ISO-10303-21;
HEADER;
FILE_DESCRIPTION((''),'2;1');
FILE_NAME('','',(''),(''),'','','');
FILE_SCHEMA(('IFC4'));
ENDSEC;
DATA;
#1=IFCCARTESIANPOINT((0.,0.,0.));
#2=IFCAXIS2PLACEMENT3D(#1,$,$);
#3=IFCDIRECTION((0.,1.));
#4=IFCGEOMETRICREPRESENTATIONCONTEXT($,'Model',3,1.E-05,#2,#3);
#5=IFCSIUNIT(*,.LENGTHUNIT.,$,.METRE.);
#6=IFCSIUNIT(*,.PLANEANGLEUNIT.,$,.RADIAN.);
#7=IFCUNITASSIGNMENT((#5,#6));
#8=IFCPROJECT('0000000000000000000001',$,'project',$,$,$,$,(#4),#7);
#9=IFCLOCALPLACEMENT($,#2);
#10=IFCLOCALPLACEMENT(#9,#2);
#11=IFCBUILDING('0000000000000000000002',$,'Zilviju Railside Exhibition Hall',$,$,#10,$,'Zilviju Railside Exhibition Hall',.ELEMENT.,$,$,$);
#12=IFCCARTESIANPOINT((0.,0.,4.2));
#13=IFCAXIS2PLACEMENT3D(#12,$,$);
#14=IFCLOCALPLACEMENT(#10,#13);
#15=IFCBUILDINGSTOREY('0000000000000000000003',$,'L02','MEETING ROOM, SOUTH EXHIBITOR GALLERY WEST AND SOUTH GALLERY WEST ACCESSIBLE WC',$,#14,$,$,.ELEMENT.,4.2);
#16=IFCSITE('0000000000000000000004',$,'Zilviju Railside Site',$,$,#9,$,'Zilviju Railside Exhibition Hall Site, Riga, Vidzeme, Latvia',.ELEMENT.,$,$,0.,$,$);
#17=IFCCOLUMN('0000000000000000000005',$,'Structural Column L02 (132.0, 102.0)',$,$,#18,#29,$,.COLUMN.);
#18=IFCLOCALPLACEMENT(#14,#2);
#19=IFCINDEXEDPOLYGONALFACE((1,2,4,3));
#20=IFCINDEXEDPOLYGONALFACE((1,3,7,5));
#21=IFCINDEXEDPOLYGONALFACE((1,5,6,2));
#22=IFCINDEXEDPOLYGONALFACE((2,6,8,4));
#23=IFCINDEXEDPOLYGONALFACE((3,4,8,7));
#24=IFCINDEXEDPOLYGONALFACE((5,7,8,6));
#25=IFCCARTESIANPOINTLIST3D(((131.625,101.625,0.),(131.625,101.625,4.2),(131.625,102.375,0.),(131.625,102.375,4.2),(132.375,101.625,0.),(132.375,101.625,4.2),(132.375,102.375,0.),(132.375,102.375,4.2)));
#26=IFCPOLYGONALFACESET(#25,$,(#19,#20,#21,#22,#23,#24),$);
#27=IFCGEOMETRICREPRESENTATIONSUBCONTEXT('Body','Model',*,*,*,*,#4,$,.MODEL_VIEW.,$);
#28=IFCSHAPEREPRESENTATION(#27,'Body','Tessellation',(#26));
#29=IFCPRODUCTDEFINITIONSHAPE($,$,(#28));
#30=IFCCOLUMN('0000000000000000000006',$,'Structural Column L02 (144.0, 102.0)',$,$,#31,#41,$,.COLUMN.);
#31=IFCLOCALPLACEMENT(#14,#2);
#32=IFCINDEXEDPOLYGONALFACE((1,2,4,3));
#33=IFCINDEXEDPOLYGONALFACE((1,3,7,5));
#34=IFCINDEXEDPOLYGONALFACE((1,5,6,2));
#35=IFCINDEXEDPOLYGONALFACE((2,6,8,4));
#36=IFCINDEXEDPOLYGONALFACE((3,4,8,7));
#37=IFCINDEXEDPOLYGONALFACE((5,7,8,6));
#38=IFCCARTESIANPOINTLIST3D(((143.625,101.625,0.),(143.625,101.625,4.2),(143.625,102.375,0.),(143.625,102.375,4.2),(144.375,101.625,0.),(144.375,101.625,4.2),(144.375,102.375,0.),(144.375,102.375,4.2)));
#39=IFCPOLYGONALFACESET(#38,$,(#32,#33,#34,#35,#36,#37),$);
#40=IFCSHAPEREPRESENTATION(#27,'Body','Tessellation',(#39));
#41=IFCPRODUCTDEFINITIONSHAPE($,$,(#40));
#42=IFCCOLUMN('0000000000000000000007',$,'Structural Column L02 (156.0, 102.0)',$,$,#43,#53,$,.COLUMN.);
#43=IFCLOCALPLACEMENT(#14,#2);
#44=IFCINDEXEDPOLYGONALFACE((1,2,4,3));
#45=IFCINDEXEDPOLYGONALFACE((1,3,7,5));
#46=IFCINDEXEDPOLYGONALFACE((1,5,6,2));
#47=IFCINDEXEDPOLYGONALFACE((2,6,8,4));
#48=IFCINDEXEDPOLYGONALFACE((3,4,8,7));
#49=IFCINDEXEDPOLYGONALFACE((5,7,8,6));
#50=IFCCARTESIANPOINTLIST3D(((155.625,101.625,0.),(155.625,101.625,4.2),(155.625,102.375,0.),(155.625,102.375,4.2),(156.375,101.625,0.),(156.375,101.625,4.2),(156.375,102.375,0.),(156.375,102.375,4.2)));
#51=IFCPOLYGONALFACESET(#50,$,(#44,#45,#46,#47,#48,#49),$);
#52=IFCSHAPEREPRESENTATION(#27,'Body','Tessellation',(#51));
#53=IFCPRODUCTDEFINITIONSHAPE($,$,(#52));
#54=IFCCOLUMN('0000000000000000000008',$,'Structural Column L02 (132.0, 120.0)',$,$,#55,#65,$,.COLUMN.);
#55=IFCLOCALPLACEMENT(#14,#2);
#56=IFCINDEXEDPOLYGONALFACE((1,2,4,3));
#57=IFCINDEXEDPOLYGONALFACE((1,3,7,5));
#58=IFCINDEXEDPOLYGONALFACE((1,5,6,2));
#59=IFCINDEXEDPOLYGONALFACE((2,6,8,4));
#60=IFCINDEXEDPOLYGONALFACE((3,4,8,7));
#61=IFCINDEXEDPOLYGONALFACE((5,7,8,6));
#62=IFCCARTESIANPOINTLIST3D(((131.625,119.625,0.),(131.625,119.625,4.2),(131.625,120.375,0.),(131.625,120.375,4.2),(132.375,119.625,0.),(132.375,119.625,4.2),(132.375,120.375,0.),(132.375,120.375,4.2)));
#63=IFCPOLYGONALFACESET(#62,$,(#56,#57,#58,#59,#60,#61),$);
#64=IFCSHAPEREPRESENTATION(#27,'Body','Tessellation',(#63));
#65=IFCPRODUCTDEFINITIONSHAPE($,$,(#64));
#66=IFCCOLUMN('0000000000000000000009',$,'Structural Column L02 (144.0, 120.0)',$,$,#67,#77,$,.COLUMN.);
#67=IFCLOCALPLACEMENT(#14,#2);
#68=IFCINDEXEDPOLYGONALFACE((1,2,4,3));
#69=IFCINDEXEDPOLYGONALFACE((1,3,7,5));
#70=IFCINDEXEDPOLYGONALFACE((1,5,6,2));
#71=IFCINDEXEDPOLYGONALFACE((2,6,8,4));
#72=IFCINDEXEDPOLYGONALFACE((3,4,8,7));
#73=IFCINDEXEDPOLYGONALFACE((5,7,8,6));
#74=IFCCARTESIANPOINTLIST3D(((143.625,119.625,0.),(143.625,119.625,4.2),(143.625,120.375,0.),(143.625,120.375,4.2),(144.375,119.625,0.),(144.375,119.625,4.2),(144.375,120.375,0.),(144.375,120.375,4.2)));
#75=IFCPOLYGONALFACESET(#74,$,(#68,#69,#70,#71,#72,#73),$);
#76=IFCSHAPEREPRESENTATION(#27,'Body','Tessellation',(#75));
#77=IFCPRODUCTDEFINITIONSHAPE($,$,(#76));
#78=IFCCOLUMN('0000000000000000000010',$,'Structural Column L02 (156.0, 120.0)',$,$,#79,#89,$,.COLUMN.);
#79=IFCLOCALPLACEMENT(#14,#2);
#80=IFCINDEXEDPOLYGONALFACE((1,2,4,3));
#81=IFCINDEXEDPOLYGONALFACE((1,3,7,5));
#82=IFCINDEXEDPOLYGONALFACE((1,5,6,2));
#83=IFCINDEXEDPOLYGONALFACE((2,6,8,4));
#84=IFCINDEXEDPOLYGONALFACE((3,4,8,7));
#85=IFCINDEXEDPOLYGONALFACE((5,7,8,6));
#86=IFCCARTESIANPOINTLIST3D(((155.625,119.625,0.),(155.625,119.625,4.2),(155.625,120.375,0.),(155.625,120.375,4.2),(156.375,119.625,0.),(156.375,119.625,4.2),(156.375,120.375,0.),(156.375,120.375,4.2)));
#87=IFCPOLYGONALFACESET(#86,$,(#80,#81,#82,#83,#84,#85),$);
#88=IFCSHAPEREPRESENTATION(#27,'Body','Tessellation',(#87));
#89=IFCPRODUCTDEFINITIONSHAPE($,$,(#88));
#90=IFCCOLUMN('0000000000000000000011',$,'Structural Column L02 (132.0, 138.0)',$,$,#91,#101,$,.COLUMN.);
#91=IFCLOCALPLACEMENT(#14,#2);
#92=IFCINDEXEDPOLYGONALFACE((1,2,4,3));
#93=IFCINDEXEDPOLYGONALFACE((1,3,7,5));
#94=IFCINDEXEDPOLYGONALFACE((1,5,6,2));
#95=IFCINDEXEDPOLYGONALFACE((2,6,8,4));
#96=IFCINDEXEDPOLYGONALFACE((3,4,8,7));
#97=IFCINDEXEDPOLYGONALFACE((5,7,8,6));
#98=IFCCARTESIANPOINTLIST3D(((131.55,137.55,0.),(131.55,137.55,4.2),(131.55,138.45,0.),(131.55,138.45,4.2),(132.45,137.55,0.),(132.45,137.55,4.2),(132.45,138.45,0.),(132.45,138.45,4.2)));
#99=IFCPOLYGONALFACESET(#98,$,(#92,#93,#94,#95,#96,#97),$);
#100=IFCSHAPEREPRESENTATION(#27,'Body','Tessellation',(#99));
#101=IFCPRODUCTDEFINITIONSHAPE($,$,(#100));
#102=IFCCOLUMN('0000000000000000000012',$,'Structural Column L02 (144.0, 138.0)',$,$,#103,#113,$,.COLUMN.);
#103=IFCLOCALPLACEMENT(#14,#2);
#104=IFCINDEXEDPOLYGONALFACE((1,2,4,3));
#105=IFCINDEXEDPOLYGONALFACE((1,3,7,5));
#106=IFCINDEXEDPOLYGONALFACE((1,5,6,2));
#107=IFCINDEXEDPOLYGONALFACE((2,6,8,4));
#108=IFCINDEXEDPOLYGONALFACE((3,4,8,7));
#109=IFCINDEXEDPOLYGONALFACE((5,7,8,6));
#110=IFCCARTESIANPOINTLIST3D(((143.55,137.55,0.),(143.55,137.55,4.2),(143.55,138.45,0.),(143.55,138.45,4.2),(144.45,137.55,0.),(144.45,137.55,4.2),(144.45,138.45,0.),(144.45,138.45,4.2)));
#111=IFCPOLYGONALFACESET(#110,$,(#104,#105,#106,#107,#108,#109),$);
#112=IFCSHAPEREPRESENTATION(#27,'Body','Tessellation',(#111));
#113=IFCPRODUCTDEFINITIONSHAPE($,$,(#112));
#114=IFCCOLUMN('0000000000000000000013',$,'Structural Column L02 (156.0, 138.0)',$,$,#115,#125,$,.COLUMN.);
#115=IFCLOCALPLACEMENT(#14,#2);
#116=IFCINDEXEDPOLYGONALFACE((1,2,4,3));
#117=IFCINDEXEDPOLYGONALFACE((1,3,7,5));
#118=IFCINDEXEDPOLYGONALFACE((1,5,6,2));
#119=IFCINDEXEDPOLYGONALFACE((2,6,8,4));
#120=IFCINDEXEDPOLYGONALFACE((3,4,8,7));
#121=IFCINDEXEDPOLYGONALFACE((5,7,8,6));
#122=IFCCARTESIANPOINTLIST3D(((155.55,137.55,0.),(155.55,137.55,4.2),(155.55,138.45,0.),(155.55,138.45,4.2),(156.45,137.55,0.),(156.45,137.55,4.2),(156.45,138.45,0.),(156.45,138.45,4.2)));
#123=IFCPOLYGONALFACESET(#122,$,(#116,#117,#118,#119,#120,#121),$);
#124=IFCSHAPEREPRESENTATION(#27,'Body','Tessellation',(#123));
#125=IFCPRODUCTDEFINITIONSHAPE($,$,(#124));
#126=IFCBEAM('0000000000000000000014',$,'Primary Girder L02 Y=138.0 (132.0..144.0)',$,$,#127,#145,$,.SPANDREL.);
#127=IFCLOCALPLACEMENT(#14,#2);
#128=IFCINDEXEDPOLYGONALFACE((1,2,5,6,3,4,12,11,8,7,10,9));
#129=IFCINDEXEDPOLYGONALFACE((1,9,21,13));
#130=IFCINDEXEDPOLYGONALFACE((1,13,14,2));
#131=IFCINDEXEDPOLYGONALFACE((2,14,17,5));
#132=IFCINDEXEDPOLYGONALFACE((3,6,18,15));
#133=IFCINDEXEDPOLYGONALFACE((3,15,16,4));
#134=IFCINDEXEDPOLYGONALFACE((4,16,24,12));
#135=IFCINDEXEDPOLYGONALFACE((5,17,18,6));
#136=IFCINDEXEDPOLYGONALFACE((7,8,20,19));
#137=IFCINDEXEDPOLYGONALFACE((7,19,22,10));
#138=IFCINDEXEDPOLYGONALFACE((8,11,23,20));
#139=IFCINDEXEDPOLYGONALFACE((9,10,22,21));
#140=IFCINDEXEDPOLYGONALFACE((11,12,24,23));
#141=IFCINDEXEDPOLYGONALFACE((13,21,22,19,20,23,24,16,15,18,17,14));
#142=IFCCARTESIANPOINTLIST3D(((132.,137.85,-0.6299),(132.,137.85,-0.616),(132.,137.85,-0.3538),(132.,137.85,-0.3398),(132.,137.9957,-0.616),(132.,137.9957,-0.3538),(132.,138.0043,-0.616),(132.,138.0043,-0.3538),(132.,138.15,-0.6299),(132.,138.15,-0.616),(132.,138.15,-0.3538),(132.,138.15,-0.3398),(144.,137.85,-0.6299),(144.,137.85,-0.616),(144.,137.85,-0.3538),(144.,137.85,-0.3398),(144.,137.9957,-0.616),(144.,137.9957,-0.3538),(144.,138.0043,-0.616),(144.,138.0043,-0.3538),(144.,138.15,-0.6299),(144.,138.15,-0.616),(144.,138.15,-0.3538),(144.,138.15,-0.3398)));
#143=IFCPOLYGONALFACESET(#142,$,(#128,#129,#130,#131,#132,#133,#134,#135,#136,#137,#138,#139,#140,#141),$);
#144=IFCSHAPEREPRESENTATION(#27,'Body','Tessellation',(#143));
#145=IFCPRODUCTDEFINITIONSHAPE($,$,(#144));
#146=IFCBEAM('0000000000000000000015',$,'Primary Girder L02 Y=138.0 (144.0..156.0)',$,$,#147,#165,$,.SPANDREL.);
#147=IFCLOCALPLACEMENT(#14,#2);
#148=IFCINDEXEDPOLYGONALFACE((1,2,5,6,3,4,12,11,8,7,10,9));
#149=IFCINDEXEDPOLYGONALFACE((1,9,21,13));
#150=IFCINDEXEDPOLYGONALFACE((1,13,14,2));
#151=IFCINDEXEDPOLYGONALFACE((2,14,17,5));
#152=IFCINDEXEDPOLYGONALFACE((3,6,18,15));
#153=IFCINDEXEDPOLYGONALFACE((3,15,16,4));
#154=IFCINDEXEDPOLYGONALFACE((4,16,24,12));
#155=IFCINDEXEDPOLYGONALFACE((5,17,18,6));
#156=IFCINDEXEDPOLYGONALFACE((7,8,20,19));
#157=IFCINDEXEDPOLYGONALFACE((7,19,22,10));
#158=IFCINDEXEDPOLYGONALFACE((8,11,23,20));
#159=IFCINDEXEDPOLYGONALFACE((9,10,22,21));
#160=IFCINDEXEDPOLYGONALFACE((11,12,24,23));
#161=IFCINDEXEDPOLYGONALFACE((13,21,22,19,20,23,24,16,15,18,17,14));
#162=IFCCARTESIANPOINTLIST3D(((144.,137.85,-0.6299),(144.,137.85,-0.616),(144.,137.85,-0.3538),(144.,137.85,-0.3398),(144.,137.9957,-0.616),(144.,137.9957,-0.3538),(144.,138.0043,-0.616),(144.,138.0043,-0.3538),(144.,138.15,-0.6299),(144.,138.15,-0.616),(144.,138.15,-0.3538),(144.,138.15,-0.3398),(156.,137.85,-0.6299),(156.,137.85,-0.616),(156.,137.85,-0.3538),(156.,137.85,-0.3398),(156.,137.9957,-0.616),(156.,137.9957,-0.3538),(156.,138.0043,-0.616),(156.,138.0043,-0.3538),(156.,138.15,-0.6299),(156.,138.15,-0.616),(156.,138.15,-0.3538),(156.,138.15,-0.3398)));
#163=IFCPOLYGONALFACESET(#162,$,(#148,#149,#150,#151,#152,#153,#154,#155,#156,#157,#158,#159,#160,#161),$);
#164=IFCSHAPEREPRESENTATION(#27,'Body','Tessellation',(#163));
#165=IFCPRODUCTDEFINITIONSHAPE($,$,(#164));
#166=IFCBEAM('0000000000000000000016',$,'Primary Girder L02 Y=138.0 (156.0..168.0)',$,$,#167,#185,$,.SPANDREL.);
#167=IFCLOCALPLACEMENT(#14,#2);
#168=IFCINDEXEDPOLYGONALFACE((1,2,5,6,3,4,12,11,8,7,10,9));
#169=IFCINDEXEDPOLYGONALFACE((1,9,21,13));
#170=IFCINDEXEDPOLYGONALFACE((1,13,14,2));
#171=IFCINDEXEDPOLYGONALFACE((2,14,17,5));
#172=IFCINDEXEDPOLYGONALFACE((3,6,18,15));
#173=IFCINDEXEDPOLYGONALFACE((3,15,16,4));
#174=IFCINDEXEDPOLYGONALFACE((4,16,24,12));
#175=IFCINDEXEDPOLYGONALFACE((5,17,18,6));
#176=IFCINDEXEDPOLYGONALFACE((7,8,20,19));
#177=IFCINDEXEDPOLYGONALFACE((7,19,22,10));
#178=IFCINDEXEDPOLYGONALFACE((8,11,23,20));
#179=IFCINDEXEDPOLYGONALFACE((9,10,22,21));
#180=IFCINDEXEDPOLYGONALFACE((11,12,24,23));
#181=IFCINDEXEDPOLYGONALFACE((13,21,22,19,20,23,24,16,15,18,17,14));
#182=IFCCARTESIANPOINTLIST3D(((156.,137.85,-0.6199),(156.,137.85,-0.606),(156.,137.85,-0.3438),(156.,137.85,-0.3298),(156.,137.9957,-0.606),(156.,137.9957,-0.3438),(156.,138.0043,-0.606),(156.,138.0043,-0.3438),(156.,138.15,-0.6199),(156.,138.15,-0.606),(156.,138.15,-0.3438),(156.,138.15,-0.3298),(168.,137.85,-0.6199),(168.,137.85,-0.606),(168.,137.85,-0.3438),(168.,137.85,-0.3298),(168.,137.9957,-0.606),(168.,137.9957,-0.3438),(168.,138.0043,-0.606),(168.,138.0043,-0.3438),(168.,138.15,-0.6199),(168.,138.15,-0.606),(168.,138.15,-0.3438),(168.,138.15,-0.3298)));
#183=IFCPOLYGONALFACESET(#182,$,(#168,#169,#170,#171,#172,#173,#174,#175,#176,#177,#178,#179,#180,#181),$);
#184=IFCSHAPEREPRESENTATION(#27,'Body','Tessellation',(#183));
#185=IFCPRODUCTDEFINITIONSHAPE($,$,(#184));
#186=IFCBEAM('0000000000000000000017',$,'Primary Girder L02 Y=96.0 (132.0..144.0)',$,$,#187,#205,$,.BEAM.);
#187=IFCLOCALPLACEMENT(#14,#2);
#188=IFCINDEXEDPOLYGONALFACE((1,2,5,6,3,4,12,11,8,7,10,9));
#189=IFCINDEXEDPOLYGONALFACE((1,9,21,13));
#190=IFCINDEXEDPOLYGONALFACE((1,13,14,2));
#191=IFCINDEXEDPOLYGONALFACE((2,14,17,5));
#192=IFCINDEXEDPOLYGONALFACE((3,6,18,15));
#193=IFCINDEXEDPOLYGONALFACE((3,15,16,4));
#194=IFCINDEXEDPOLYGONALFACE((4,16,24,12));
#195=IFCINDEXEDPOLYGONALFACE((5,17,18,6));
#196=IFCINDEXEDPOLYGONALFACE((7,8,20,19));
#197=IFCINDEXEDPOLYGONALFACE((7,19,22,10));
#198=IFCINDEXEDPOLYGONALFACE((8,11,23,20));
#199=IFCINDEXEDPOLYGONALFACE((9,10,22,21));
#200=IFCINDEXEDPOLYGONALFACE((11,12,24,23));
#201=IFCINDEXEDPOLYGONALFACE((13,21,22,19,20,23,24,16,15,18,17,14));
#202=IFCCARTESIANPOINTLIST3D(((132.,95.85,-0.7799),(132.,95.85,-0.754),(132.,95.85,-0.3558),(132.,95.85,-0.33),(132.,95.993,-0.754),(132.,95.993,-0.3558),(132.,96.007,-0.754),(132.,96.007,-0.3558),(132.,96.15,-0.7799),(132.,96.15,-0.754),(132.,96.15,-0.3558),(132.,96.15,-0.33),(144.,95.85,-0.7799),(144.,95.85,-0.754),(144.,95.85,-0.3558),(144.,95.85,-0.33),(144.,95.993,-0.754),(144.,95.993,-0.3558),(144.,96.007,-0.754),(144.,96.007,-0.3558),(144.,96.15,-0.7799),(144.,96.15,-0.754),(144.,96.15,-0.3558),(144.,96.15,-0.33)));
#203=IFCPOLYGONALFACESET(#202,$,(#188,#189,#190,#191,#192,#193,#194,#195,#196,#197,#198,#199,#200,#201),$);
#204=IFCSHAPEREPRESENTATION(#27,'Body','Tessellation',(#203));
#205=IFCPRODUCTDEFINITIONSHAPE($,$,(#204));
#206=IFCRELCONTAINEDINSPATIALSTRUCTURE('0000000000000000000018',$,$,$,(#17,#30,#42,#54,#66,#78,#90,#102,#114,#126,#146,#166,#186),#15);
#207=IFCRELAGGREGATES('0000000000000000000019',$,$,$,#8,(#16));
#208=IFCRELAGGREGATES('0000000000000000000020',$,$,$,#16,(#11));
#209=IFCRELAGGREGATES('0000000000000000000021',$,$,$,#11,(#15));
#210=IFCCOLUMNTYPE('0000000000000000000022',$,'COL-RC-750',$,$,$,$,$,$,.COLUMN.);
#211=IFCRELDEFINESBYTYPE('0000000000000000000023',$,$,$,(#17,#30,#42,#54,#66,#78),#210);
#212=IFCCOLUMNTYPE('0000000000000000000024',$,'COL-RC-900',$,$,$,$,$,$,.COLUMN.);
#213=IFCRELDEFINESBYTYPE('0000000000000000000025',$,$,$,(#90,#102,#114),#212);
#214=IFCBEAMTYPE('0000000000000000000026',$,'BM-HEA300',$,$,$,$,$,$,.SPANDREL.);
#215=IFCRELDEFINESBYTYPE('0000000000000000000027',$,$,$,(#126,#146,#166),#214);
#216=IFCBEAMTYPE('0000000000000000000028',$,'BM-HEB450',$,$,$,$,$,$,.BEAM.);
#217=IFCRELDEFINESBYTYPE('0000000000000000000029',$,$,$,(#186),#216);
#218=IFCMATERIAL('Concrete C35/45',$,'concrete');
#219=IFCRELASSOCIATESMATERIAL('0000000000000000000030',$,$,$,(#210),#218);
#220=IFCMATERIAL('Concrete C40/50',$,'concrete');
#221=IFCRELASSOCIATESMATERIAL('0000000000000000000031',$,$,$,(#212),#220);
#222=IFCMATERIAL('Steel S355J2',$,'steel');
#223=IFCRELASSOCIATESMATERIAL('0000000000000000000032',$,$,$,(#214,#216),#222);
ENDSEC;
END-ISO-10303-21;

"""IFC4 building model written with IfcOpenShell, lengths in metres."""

from ifc_helpers import new_model, si_unit, direction, frame, origin, origin_2d, place, context, subcontext, project, spatial, rectangle, i_section, extrude, material, material_profile, profile_set, type_object, element, save


model = new_model("IFC4")

# Units and contexts
model_context = context("Model", 3, precision=1e-05, world=origin(), true_north=direction((0.0, 1.0)))
body_context = subcontext(model_context, "Body", "Model", "MODEL_VIEW")
ifc_project = project(units=[si_unit("LENGTHUNIT", "METRE"), si_unit("PLANEANGLEUNIT", "RADIAN")], contexts=[model_context])

# Site, building, storey
site_placement = place(None, origin())
site = spatial("IfcSite", under=ifc_project, at=site_placement, Name="Zilviju Railside Site", LongName="Zilviju Railside Exhibition Hall Site, Riga, Vidzeme, Latvia", CompositionType="ELEMENT", RefElevation=0.0)
building_placement = place(site_placement, origin())
building = spatial("IfcBuilding", under=site, at=building_placement, Name="Zilviju Railside Exhibition Hall", LongName="Zilviju Railside Exhibition Hall", CompositionType="ELEMENT")
storey_placement = place(building_placement, frame((0.0, 0.0, 4.2)))
storey = spatial("IfcBuildingStorey", under=building, at=storey_placement, Name="L02", Description="MEETING ROOM, SOUTH EXHIBITOR GALLERY WEST AND SOUTH GALLERY WEST ACCESSIBLE WC", CompositionType="ELEMENT", Elevation=4.2)

# Columns
ifc_material_1 = material(Name="Concrete C35/45", Category="concrete")
ifc_material_profile_1 = material_profile(ifc_material_1, rectangle(XDim=0.75, YDim=0.75, at=origin_2d()), Name="RC COL 750x750")
ifc_profile_set_1 = profile_set([ifc_material_profile_1], Name="Concrete C35/45")
column_type_1 = type_object("IfcColumnType", Name="COL-RC-750", PredefinedType="COLUMN", material=ifc_profile_set_1)
for number, where, z_axis, x_axis, name in (
    (1, (132.0, 102.0, 0.0), (0.0, 0.0, 1.0), (1.0, 0.0, 0.0), "Structural Column L02 (132.0, 102.0)"),
    (2, (144.0, 102.0, 0.0), (0.0, 0.0, 1.0), (1.0, 0.0, 0.0), "Structural Column L02 (144.0, 102.0)"),
    (3, (156.0, 102.0, 0.0), (0.0, 0.0, 1.0), (1.0, 0.0, 0.0), "Structural Column L02 (156.0, 102.0)"),
    (4, (132.0, 120.0, 0.0), (0.0, 0.0, 1.0), (1.0, 0.0, 0.0), "Structural Column L02 (132.0, 120.0)"),
    (5, (144.0, 120.0, 0.0), (0.0, 0.0, 1.0), (1.0, 0.0, 0.0), "Structural Column L02 (144.0, 120.0)"),
    (6, (156.0, 120.0, 0.0), (0.0, 0.0, 1.0), (1.0, 0.0, 0.0), "Structural Column L02 (156.0, 120.0)"),
):
    element("IfcColumn", number, at=place(storey_placement, frame(where, z_axis=z_axis, x_axis=x_axis)), inside=storey, type_object=column_type_1, Name=name, PredefinedType="COLUMN", context=body_context, shape_type="SweptSolid", body=[
        extrude(rectangle(XDim=0.75, YDim=0.75, at=origin_2d()), origin(), (0.0, 0.0, 1.0), 4.2),
    ])
ifc_material_2 = material(Name="Concrete C40/50", Category="concrete")
ifc_material_profile_2 = material_profile(ifc_material_2, rectangle(XDim=0.8999, YDim=0.8999, at=origin_2d()), Name="RC COL 900x900")
ifc_profile_set_2 = profile_set([ifc_material_profile_2], Name="Concrete C40/50")
column_type_2 = type_object("IfcColumnType", Name="COL-RC-900", PredefinedType="COLUMN", material=ifc_profile_set_2)
for number, where, z_axis, x_axis, name in (
    (7, (132.0, 138.0, 0.0), (0.0, 0.0, 1.0), (1.0, 0.0, 0.0), "Structural Column L02 (132.0, 138.0)"),
    (8, (144.0, 138.0, 0.0), (0.0, 0.0, 1.0), (1.0, 0.0, 0.0), "Structural Column L02 (144.0, 138.0)"),
    (9, (156.0, 138.0, 0.0), (0.0, 0.0, 1.0), (1.0, 0.0, 0.0), "Structural Column L02 (156.0, 138.0)"),
):
    element("IfcColumn", number, at=place(storey_placement, frame(where, z_axis=z_axis, x_axis=x_axis)), inside=storey, type_object=column_type_2, Name=name, PredefinedType="COLUMN", context=body_context, shape_type="SweptSolid", body=[
        extrude(rectangle(XDim=0.8999, YDim=0.8999, at=origin_2d()), origin(), (0.0, 0.0, 1.0), 4.2),
    ])

# Beams
ifc_material_3 = material(Name="Steel S355J2", Category="steel")
ifc_material_profile_3 = material_profile(ifc_material_3, i_section(OverallWidth=0.3, OverallDepth=0.29, WebThickness=0.0085, FlangeThickness=0.0139, at=origin_2d()), Name="HEA 300")
ifc_profile_set_3 = profile_set([ifc_material_profile_3], Name="Steel S355J2")
beam_type_1 = type_object("IfcBeamType", Name="BM-HEA300", PredefinedType="SPANDREL", material=ifc_profile_set_3)
for number, where, z_axis, x_axis, name in (
    (10, (132.0, 138.0, -0.4849), (1.0, 0.0, 0.0), (0.0, 1.0, 0.0), "Primary Girder L02 Y=138.0 (132.0..144.0)"),
    (11, (144.0, 138.0, -0.4849), (1.0, 0.0, 0.0), (0.0, 1.0, 0.0), "Primary Girder L02 Y=138.0 (144.0..156.0)"),
    (12, (156.0, 138.0, -0.4749), (1.0, 0.0, 0.0), (0.0, 1.0, 0.0), "Primary Girder L02 Y=138.0 (156.0..168.0)"),
):
    element("IfcBeam", number, at=place(storey_placement, frame(where, z_axis=z_axis, x_axis=x_axis)), inside=storey, type_object=beam_type_1, Name=name, PredefinedType="SPANDREL", context=body_context, shape_type="SweptSolid", body=[
        extrude(i_section(OverallWidth=0.3, OverallDepth=0.29, WebThickness=0.0085, FlangeThickness=0.0139, at=origin_2d()), origin(), (0.0, 0.0, 1.0), 12.0),
    ])
ifc_material_profile_4 = material_profile(ifc_material_3, i_section(OverallWidth=0.3, OverallDepth=0.45, WebThickness=0.0139, FlangeThickness=0.0259, at=origin_2d()), Name="HEB 450")
ifc_profile_set_4 = profile_set([ifc_material_profile_4], Name="Steel S355J2")
beam_type_2 = type_object("IfcBeamType", Name="BM-HEB450", PredefinedType="BEAM", material=ifc_profile_set_4)
for number, where, z_axis, x_axis, name in (
    (13, (132.0, 96.0, -0.5549), (1.0, 0.0, 0.0), (0.0, 1.0, 0.0), "Primary Girder L02 Y=96.0 (132.0..144.0)"),
):
    element("IfcBeam", number, at=place(storey_placement, frame(where, z_axis=z_axis, x_axis=x_axis)), inside=storey, type_object=beam_type_2, Name=name, PredefinedType="BEAM", context=body_context, shape_type="SweptSolid", body=[
        extrude(i_section(OverallWidth=0.3, OverallDepth=0.45, WebThickness=0.0139, FlangeThickness=0.0259, at=origin_2d()), origin(), (0.0, 0.0, 1.0), 12.0),
    ])

save(model, "model.ifc")
